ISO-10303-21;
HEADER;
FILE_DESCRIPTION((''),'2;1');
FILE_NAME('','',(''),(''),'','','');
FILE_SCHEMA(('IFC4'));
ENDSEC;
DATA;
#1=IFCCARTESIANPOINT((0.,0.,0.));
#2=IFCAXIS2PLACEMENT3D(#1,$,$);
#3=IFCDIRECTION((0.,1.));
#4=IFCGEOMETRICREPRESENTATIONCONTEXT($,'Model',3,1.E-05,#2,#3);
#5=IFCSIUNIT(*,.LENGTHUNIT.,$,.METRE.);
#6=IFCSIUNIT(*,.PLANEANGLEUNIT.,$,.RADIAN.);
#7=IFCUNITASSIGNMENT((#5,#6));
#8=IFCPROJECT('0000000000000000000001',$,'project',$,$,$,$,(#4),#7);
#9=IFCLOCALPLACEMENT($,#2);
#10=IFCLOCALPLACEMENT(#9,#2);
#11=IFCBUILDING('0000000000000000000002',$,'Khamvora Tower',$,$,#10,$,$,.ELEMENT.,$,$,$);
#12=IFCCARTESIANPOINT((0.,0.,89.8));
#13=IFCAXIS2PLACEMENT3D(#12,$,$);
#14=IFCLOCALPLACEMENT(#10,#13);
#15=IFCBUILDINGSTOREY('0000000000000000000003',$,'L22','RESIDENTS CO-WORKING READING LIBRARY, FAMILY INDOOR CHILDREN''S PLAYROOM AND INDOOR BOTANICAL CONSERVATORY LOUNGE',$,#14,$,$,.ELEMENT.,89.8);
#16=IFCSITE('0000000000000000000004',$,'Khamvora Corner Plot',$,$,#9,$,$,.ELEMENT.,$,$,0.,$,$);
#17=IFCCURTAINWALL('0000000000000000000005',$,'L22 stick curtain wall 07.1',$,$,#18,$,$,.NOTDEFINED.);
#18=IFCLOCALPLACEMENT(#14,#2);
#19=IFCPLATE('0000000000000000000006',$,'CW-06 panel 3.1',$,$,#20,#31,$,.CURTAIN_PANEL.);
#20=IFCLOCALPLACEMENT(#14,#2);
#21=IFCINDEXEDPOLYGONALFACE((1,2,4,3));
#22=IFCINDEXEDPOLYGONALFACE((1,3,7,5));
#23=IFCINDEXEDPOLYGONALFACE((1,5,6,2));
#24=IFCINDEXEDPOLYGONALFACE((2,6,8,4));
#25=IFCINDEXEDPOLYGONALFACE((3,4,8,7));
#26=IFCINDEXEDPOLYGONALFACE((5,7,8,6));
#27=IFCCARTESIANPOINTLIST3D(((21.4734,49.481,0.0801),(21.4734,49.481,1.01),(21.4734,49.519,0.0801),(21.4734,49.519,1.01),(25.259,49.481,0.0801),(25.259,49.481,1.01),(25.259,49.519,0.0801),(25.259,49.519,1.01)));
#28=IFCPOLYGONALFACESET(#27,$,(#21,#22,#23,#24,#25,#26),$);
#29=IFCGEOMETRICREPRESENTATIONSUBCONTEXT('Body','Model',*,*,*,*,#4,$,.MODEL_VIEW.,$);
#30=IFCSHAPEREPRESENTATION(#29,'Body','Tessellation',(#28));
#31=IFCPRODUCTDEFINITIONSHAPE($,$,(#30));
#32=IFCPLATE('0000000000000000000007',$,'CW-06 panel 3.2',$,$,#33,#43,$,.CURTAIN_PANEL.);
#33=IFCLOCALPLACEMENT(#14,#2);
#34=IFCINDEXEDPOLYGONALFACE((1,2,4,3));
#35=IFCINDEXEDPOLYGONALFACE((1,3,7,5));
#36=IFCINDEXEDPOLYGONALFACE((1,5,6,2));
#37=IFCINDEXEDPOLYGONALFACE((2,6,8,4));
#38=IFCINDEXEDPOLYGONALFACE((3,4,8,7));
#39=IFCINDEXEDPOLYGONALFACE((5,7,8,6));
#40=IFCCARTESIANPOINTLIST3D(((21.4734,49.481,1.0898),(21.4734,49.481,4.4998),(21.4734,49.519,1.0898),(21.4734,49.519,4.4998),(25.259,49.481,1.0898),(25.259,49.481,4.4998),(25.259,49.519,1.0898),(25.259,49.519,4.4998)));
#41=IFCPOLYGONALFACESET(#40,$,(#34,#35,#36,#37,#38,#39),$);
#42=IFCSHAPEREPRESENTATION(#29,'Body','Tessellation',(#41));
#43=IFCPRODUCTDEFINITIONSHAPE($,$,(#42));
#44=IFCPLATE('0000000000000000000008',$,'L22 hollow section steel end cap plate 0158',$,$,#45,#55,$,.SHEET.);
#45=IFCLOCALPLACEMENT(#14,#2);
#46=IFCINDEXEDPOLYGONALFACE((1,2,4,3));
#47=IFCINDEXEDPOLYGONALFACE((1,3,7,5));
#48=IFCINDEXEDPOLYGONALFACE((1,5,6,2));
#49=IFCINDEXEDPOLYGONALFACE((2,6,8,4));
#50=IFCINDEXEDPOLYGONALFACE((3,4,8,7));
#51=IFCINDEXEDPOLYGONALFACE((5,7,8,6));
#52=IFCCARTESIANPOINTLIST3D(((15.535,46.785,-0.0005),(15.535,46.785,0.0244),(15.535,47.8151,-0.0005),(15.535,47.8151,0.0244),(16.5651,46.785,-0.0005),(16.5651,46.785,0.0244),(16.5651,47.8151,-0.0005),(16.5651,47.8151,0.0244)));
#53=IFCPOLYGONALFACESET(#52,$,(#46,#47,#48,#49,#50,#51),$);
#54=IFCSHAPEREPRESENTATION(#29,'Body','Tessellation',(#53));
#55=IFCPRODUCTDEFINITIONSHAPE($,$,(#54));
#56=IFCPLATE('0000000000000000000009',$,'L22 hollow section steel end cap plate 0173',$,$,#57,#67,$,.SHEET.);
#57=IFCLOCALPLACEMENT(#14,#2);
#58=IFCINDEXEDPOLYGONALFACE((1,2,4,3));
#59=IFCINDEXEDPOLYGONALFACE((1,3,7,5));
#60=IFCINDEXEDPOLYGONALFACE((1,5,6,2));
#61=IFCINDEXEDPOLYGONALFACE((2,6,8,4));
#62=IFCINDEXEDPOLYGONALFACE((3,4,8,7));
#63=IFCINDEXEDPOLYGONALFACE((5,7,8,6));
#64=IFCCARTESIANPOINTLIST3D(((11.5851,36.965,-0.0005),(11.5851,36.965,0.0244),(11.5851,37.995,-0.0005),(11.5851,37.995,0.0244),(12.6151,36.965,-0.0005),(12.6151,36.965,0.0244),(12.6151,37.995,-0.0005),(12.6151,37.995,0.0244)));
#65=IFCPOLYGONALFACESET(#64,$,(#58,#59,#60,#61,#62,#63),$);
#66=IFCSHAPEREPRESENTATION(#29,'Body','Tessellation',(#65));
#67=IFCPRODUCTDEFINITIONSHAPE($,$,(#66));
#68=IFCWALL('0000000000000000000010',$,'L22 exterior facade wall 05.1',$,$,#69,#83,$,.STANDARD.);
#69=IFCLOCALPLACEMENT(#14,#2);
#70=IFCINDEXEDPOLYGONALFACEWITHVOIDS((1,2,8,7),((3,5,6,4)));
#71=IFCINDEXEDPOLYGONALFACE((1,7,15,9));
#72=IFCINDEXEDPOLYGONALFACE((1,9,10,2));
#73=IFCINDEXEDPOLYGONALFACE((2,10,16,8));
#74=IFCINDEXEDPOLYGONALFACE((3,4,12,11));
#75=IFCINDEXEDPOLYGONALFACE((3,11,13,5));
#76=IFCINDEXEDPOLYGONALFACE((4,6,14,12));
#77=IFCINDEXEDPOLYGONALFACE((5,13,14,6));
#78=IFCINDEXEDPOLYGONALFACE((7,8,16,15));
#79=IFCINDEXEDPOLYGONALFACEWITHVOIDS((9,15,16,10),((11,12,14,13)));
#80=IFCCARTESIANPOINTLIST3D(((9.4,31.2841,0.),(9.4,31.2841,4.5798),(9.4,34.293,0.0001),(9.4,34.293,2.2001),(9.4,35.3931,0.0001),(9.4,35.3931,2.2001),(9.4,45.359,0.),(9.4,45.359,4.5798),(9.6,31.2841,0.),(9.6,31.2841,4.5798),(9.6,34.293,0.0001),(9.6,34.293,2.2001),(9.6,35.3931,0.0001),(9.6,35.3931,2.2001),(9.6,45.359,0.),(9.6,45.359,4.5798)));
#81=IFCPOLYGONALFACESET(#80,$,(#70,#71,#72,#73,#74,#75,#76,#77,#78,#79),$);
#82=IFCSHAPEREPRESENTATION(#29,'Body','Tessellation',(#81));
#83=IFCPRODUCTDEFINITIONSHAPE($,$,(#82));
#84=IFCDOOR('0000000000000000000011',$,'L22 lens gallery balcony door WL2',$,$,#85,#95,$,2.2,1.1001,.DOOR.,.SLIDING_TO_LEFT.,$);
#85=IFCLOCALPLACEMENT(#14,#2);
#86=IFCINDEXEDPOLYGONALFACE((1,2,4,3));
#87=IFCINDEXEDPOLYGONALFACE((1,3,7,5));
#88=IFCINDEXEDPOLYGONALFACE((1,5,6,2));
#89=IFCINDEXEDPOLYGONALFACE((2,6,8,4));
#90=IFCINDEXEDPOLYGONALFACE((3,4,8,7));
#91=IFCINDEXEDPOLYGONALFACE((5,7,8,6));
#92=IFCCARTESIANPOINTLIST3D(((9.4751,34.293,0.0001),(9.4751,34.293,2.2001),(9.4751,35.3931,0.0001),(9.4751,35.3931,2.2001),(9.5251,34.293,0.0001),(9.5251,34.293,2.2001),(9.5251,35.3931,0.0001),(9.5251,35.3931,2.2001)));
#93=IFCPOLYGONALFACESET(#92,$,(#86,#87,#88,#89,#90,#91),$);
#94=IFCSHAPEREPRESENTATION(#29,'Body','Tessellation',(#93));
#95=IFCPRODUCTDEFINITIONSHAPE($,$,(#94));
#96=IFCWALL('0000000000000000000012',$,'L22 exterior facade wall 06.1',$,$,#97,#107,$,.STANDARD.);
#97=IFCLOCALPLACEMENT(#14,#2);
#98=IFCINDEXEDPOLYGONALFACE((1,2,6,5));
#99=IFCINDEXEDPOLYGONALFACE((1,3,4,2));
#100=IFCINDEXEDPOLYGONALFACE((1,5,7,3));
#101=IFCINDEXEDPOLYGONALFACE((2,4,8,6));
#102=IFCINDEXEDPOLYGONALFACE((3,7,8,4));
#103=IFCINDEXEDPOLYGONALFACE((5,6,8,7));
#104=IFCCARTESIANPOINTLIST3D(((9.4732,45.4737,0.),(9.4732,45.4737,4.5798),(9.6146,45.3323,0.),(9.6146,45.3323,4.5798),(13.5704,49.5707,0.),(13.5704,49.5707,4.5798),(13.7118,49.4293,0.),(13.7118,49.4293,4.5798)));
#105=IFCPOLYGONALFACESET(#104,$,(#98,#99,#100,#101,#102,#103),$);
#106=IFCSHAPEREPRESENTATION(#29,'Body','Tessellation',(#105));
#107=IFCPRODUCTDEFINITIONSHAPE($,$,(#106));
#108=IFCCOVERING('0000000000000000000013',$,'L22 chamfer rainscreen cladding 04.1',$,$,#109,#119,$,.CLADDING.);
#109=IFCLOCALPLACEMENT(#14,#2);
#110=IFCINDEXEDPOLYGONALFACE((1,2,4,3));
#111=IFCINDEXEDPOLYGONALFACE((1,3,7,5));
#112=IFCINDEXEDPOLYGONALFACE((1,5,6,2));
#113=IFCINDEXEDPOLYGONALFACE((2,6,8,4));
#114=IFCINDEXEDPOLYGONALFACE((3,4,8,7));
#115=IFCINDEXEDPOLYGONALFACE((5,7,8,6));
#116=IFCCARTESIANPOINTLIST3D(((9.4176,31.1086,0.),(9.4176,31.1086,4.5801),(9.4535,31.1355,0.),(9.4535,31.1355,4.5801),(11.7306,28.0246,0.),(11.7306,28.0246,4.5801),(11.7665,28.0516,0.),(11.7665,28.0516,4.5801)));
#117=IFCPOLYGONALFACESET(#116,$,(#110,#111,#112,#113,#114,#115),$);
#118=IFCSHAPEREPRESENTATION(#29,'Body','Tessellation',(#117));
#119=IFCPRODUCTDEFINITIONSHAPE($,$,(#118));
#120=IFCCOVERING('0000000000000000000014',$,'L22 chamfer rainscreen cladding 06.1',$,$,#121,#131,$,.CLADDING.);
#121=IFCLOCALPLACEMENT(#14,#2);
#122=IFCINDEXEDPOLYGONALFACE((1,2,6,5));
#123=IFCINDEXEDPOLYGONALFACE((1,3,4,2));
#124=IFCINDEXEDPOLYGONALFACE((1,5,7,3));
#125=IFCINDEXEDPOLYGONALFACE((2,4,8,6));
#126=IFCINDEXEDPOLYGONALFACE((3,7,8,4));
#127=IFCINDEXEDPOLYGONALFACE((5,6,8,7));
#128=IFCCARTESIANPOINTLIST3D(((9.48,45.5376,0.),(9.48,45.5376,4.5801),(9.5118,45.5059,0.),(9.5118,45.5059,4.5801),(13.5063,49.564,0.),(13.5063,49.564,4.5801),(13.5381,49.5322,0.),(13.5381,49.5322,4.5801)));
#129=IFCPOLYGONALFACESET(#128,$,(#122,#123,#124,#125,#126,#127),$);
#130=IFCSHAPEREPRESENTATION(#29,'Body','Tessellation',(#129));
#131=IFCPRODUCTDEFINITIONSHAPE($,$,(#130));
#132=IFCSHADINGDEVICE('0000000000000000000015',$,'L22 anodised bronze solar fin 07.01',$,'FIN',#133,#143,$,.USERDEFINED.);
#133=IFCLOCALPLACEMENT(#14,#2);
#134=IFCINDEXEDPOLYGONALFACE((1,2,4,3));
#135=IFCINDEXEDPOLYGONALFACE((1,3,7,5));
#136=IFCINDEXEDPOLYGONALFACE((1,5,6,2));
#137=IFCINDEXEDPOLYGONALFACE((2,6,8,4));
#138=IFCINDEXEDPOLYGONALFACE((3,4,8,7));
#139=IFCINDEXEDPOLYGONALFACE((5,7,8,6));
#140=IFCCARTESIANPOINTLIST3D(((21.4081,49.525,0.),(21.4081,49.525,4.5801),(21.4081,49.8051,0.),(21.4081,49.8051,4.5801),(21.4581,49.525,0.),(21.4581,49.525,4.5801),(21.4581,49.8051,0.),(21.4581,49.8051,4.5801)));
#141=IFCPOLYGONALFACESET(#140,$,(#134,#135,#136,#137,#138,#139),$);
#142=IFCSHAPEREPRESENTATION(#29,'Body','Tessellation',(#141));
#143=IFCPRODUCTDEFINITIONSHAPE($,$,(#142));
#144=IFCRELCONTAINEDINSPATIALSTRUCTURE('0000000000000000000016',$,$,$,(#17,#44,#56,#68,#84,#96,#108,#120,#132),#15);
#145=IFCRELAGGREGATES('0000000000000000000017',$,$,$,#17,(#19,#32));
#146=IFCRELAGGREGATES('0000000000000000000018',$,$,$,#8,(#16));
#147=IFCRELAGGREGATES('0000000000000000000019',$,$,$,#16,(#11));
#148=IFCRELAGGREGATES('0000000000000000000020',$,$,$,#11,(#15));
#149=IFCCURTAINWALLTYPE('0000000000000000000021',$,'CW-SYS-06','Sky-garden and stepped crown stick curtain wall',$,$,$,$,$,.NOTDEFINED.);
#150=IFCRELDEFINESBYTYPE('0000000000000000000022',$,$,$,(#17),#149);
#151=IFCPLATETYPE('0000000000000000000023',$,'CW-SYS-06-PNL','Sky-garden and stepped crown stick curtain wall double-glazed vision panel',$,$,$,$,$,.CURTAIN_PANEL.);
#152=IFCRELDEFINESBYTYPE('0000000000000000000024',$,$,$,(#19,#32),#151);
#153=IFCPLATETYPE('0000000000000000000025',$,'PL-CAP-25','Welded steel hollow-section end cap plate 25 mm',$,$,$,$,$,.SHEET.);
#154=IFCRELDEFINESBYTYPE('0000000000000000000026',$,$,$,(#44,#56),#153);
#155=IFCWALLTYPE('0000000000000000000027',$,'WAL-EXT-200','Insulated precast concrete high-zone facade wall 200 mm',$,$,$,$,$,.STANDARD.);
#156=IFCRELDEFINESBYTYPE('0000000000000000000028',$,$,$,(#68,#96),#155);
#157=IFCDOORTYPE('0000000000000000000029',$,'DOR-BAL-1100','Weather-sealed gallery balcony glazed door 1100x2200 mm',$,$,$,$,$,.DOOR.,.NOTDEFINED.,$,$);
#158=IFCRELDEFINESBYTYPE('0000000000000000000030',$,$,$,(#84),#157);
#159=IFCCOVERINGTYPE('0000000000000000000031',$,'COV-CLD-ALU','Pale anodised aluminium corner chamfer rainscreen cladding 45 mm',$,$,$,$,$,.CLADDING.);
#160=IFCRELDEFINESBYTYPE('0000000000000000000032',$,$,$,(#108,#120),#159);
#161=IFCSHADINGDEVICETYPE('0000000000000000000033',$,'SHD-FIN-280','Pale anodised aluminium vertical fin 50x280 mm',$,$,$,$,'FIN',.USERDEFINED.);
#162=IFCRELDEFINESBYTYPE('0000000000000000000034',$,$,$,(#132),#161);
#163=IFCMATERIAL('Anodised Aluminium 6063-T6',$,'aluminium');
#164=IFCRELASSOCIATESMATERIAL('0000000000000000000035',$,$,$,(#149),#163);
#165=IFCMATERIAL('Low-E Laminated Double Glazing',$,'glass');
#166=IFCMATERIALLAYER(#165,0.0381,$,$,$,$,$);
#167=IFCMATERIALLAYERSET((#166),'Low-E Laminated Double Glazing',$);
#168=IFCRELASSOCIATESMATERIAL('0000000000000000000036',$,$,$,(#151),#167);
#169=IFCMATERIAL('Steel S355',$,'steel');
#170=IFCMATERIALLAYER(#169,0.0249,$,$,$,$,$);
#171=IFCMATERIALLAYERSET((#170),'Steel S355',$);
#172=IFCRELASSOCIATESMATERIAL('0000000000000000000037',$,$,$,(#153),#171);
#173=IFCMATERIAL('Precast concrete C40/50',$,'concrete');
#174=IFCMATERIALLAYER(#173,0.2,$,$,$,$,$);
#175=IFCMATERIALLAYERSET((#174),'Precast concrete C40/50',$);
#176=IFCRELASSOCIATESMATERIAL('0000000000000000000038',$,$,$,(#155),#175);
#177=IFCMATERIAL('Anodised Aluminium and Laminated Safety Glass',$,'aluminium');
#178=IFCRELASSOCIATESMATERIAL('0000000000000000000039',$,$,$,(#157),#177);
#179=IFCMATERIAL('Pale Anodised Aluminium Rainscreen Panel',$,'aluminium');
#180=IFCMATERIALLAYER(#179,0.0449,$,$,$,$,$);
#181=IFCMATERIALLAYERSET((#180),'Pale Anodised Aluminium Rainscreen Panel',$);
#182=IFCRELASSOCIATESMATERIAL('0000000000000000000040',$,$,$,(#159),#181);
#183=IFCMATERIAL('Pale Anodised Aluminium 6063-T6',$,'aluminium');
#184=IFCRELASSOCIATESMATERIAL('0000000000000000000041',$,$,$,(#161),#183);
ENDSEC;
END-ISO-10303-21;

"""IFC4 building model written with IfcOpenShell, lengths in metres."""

from ifc_helpers import new_model, si_unit, direction, frame, frame_2d, origin, origin_2d, place, context, subcontext, project, spatial, rectangle, extrude, material, layer, layer_set, type_object, element, fill, aggregate, save


model = new_model("IFC4")

# Units and contexts
model_context = context("Model", 3, precision=1e-05, world=origin(), true_north=direction((0.0, 1.0)))
body_context = subcontext(model_context, "Body", "Model", "MODEL_VIEW")
ifc_project = project(units=[si_unit("LENGTHUNIT", "METRE"), si_unit("PLANEANGLEUNIT", "RADIAN")], contexts=[model_context])

# Site, building, storey
site_placement = place(None, origin())
site = spatial("IfcSite", under=ifc_project, at=site_placement, Name="Khamvora Corner Plot", CompositionType="ELEMENT", RefElevation=0.0)
building_placement = place(site_placement, origin())
building = spatial("IfcBuilding", under=site, at=building_placement, Name="Khamvora Tower", CompositionType="ELEMENT")
storey_placement = place(building_placement, frame((0.0, 0.0, 89.8)))
storey = spatial("IfcBuildingStorey", under=building, at=storey_placement, Name="L22", Description="RESIDENTS CO-WORKING READING LIBRARY, FAMILY INDOOR CHILDREN'S PLAYROOM AND INDOOR BOTANICAL CONSERVATORY LOUNGE", CompositionType="ELEMENT", Elevation=89.8)

# Shared definitions
ifc_material_1 = material(Name="Steel S355", Category="steel")

# Curtain wall, plates
ifc_material_2 = material(Name="Anodised Aluminium 6063-T6", Category="aluminium")
curtain_wall_type = type_object("IfcCurtainWallType", Name="CW-SYS-06", Description="Sky-garden and stepped crown stick curtain wall", PredefinedType="NOTDEFINED", material=ifc_material_2)
curtain_wall_placement = place(storey_placement, origin())
curtain_wall = element("IfcCurtainWall", 1, at=curtain_wall_placement, inside=storey, type_object=curtain_wall_type, Name="L22 stick curtain wall 07.1", PredefinedType="NOTDEFINED")
ifc_material_3 = material(Name="Low-E Laminated Double Glazing", Category="glass")
ifc_layer_1 = layer(ifc_material_3, 0.0381)
ifc_layer_set_1 = layer_set([ifc_layer_1], Name="Low-E Laminated Double Glazing")
plate_type_1 = type_object("IfcPlateType", Name="CW-SYS-06-PNL", Description="Sky-garden and stepped crown stick curtain wall double-glazed vision panel", PredefinedType="CURTAIN_PANEL", material=ifc_layer_set_1)
plate_1_placement = place(storey_placement, frame((23.3662, 49.5, 0.0801), z_axis=(0.0, 0.0, 1.0), x_axis=(1.0, 0.0, 0.0)))
plate_1 = element("IfcPlate", 2, at=plate_1_placement, type_object=plate_type_1, Name="CW-06 panel 3.1", PredefinedType="CURTAIN_PANEL", context=body_context, shape_type="SweptSolid", body=[
    extrude(rectangle(XDim=3.7856, YDim=0.0381, at=origin_2d()), origin(), (0.0, 0.0, 1.0), 0.9299),
])
plate_2_placement = place(storey_placement, frame((23.3662, 49.5, 1.0898), z_axis=(0.0, 0.0, 1.0), x_axis=(1.0, 0.0, 0.0)))
plate_2 = element("IfcPlate", 3, at=plate_2_placement, type_object=plate_type_1, Name="CW-06 panel 3.2", PredefinedType="CURTAIN_PANEL", context=body_context, shape_type="SweptSolid", body=[
    extrude(rectangle(XDim=3.7856, YDim=0.0381, at=origin_2d()), origin(), (0.0, 0.0, 1.0), 3.4099),
])
aggregate(curtain_wall, [plate_1, plate_2])

# Plates
ifc_layer_2 = layer(ifc_material_1, 0.0249)
ifc_layer_set_2 = layer_set([ifc_layer_2], Name="Steel S355")
plate_type_2 = type_object("IfcPlateType", Name="PL-CAP-25", Description="Welded steel hollow-section end cap plate 25 mm", PredefinedType="SHEET", material=ifc_layer_set_2)
for number, where, z_axis, x_axis, name in (
    (4, (16.05, 47.3, -0.0005), (0.0, 0.0, 1.0), (1.0, 0.0, 0.0), "L22 hollow section steel end cap plate 0158"),
    (5, (12.1001, 37.48, -0.0005), (0.0, 0.0, 1.0), (1.0, 0.0, 0.0), "L22 hollow section steel end cap plate 0173"),
):
    element("IfcPlate", number, at=place(storey_placement, frame(where, z_axis=z_axis, x_axis=x_axis)), inside=storey, type_object=plate_type_2, Name=name, PredefinedType="SHEET", context=body_context, shape_type="SweptSolid", body=[
        extrude(rectangle(XDim=1.03, YDim=1.03, at=origin_2d()), origin(), (0.0, 0.0, 1.0), 0.0249),
    ])

# Wall, opening, door
ifc_material_4 = material(Name="Precast concrete C40/50", Category="concrete")
ifc_layer_3 = layer(ifc_material_4, 0.2)
ifc_layer_set_3 = layer_set([ifc_layer_3], Name="Precast concrete C40/50")
wall_type = type_object("IfcWallType", Name="WAL-EXT-200", Description="Insulated precast concrete high-zone facade wall 200 mm", PredefinedType="STANDARD", material=ifc_layer_set_3)
wall_1_placement = place(storey_placement, frame((9.5, 31.2839, 0.0), z_axis=(0.0, 0.0, 1.0), x_axis=(0.0, 1.0, 0.0)))
wall_1 = element("IfcWall", 6, at=wall_1_placement, inside=storey, type_object=wall_type, Name="L22 exterior facade wall 05.1", PredefinedType="STANDARD", context=body_context, shape_type="SweptSolid", body=[
    extrude(rectangle(XDim=14.075, YDim=0.2, at=frame_2d((7.0376, 0.0))), origin(), (0.0, 0.0, 1.0), 4.5798),
])
opening_placement = place(wall_1_placement, frame((3.009, 0.0, 0.0)))
opening = element("IfcOpeningElement", 7, at=opening_placement, cuts=wall_1, PredefinedType="OPENING", context=body_context, shape_type="SweptSolid", body=[
    extrude(rectangle(XDim=1.1001, YDim=2.2, at=frame_2d((0.55, 1.1001))), frame((0.0, 0.1099, 0.0), z_axis=(0.0, -1.0, 0.0), x_axis=(1.0, 0.0, 0.0)), (0.0, 0.0, 1.0), 0.22),
])
ifc_material_5 = material(Name="Anodised Aluminium and Laminated Safety Glass", Category="aluminium")
door_type = type_object("IfcDoorType", Name="DOR-BAL-1100", Description="Weather-sealed gallery balcony glazed door 1100x2200 mm", OperationType="NOTDEFINED", PredefinedType="DOOR", material=ifc_material_5)
door_placement = place(opening_placement, origin())
door = element("IfcDoor", 8, at=door_placement, inside=storey, type_object=door_type, Name="L22 lens gallery balcony door WL2", OperationType="SLIDING_TO_LEFT", OverallHeight=2.2, OverallWidth=1.1001, PredefinedType="DOOR", context=body_context, shape_type="SweptSolid", body=[
    extrude(rectangle(XDim=1.1001, YDim=2.2, at=frame_2d((0.55, 1.1001))), frame((0.0, 0.0249, 0.0), z_axis=(0.0, -1.0, 0.0), x_axis=(1.0, 0.0, 0.0)), (0.0, 0.0, 1.0), 0.05),
])
fill(opening, door)

# Wall
wall_2_placement = place(storey_placement, frame((9.5439, 45.4031, 0.0), z_axis=(0.0, 0.0, 1.0), x_axis=(0.707128, 0.707086, 0.0)))
element("IfcWall", 9, at=wall_2_placement, inside=storey, type_object=wall_type, Name="L22 exterior facade wall 06.1", PredefinedType="STANDARD", context=body_context, shape_type="SweptSolid", body=[
    extrude(rectangle(XDim=5.7942, YDim=0.2, at=frame_2d((2.897, 0.0))), origin(), (0.0, 0.0, 1.0), 4.5798),
])

# Coverings
ifc_material_6 = material(Name="Pale Anodised Aluminium Rainscreen Panel", Category="aluminium")
ifc_layer_4 = layer(ifc_material_6, 0.0449)
ifc_layer_set_4 = layer_set([ifc_layer_4], Name="Pale Anodised Aluminium Rainscreen Panel")
covering_type = type_object("IfcCoveringType", Name="COV-CLD-ALU", Description="Pale anodised aluminium corner chamfer rainscreen cladding 45 mm", PredefinedType="CLADDING", material=ifc_layer_set_4)
covering_1_placement = place(storey_placement, frame((10.592, 29.5801, 0.0), z_axis=(0.0, 0.0, 1.0), x_axis=(-0.6, 0.8, 0.0)))
element("IfcCovering", 10, at=covering_1_placement, inside=storey, type_object=covering_type, Name="L22 chamfer rainscreen cladding 04.1", PredefinedType="CLADDING", context=body_context, shape_type="SweptSolid", body=[
    extrude(rectangle(XDim=3.855, YDim=0.0449, at=origin_2d()), origin(), (0.0, 0.0, 1.0), 4.5801),
])
covering_2_placement = place(storey_placement, frame((11.509, 47.5349, 0.0), z_axis=(0.0, 0.0, 1.0), x_axis=(0.707107, 0.707107, 0.0)))
element("IfcCovering", 11, at=covering_2_placement, inside=storey, type_object=covering_type, Name="L22 chamfer rainscreen cladding 06.1", PredefinedType="CLADDING", context=body_context, shape_type="SweptSolid", body=[
    extrude(rectangle(XDim=5.6941, YDim=0.0449, at=origin_2d()), origin(), (0.0, 0.0, 1.0), 4.5801),
])

# Shading device
ifc_material_7 = material(Name="Pale Anodised Aluminium 6063-T6", Category="aluminium")
shading_device_type = type_object("IfcShadingDeviceType", Name="SHD-FIN-280", Description="Pale anodised aluminium vertical fin 50x280 mm", ElementType="FIN", PredefinedType="USERDEFINED", material=ifc_material_7)
shading_device_placement = place(storey_placement, frame((21.4331, 49.665, 0.0), z_axis=(0.0, 0.0, 1.0), x_axis=(1.0, 0.0, 0.0)))
element("IfcShadingDevice", 12, at=shading_device_placement, inside=storey, type_object=shading_device_type, Name="L22 anodised bronze solar fin 07.01", ObjectType="FIN", PredefinedType="USERDEFINED", context=body_context, shape_type="SweptSolid", body=[
    extrude(rectangle(XDim=0.05, YDim=0.28, at=origin_2d()), origin(), (0.0, 0.0, 1.0), 4.5801),
])

save(model, "model.ifc")
